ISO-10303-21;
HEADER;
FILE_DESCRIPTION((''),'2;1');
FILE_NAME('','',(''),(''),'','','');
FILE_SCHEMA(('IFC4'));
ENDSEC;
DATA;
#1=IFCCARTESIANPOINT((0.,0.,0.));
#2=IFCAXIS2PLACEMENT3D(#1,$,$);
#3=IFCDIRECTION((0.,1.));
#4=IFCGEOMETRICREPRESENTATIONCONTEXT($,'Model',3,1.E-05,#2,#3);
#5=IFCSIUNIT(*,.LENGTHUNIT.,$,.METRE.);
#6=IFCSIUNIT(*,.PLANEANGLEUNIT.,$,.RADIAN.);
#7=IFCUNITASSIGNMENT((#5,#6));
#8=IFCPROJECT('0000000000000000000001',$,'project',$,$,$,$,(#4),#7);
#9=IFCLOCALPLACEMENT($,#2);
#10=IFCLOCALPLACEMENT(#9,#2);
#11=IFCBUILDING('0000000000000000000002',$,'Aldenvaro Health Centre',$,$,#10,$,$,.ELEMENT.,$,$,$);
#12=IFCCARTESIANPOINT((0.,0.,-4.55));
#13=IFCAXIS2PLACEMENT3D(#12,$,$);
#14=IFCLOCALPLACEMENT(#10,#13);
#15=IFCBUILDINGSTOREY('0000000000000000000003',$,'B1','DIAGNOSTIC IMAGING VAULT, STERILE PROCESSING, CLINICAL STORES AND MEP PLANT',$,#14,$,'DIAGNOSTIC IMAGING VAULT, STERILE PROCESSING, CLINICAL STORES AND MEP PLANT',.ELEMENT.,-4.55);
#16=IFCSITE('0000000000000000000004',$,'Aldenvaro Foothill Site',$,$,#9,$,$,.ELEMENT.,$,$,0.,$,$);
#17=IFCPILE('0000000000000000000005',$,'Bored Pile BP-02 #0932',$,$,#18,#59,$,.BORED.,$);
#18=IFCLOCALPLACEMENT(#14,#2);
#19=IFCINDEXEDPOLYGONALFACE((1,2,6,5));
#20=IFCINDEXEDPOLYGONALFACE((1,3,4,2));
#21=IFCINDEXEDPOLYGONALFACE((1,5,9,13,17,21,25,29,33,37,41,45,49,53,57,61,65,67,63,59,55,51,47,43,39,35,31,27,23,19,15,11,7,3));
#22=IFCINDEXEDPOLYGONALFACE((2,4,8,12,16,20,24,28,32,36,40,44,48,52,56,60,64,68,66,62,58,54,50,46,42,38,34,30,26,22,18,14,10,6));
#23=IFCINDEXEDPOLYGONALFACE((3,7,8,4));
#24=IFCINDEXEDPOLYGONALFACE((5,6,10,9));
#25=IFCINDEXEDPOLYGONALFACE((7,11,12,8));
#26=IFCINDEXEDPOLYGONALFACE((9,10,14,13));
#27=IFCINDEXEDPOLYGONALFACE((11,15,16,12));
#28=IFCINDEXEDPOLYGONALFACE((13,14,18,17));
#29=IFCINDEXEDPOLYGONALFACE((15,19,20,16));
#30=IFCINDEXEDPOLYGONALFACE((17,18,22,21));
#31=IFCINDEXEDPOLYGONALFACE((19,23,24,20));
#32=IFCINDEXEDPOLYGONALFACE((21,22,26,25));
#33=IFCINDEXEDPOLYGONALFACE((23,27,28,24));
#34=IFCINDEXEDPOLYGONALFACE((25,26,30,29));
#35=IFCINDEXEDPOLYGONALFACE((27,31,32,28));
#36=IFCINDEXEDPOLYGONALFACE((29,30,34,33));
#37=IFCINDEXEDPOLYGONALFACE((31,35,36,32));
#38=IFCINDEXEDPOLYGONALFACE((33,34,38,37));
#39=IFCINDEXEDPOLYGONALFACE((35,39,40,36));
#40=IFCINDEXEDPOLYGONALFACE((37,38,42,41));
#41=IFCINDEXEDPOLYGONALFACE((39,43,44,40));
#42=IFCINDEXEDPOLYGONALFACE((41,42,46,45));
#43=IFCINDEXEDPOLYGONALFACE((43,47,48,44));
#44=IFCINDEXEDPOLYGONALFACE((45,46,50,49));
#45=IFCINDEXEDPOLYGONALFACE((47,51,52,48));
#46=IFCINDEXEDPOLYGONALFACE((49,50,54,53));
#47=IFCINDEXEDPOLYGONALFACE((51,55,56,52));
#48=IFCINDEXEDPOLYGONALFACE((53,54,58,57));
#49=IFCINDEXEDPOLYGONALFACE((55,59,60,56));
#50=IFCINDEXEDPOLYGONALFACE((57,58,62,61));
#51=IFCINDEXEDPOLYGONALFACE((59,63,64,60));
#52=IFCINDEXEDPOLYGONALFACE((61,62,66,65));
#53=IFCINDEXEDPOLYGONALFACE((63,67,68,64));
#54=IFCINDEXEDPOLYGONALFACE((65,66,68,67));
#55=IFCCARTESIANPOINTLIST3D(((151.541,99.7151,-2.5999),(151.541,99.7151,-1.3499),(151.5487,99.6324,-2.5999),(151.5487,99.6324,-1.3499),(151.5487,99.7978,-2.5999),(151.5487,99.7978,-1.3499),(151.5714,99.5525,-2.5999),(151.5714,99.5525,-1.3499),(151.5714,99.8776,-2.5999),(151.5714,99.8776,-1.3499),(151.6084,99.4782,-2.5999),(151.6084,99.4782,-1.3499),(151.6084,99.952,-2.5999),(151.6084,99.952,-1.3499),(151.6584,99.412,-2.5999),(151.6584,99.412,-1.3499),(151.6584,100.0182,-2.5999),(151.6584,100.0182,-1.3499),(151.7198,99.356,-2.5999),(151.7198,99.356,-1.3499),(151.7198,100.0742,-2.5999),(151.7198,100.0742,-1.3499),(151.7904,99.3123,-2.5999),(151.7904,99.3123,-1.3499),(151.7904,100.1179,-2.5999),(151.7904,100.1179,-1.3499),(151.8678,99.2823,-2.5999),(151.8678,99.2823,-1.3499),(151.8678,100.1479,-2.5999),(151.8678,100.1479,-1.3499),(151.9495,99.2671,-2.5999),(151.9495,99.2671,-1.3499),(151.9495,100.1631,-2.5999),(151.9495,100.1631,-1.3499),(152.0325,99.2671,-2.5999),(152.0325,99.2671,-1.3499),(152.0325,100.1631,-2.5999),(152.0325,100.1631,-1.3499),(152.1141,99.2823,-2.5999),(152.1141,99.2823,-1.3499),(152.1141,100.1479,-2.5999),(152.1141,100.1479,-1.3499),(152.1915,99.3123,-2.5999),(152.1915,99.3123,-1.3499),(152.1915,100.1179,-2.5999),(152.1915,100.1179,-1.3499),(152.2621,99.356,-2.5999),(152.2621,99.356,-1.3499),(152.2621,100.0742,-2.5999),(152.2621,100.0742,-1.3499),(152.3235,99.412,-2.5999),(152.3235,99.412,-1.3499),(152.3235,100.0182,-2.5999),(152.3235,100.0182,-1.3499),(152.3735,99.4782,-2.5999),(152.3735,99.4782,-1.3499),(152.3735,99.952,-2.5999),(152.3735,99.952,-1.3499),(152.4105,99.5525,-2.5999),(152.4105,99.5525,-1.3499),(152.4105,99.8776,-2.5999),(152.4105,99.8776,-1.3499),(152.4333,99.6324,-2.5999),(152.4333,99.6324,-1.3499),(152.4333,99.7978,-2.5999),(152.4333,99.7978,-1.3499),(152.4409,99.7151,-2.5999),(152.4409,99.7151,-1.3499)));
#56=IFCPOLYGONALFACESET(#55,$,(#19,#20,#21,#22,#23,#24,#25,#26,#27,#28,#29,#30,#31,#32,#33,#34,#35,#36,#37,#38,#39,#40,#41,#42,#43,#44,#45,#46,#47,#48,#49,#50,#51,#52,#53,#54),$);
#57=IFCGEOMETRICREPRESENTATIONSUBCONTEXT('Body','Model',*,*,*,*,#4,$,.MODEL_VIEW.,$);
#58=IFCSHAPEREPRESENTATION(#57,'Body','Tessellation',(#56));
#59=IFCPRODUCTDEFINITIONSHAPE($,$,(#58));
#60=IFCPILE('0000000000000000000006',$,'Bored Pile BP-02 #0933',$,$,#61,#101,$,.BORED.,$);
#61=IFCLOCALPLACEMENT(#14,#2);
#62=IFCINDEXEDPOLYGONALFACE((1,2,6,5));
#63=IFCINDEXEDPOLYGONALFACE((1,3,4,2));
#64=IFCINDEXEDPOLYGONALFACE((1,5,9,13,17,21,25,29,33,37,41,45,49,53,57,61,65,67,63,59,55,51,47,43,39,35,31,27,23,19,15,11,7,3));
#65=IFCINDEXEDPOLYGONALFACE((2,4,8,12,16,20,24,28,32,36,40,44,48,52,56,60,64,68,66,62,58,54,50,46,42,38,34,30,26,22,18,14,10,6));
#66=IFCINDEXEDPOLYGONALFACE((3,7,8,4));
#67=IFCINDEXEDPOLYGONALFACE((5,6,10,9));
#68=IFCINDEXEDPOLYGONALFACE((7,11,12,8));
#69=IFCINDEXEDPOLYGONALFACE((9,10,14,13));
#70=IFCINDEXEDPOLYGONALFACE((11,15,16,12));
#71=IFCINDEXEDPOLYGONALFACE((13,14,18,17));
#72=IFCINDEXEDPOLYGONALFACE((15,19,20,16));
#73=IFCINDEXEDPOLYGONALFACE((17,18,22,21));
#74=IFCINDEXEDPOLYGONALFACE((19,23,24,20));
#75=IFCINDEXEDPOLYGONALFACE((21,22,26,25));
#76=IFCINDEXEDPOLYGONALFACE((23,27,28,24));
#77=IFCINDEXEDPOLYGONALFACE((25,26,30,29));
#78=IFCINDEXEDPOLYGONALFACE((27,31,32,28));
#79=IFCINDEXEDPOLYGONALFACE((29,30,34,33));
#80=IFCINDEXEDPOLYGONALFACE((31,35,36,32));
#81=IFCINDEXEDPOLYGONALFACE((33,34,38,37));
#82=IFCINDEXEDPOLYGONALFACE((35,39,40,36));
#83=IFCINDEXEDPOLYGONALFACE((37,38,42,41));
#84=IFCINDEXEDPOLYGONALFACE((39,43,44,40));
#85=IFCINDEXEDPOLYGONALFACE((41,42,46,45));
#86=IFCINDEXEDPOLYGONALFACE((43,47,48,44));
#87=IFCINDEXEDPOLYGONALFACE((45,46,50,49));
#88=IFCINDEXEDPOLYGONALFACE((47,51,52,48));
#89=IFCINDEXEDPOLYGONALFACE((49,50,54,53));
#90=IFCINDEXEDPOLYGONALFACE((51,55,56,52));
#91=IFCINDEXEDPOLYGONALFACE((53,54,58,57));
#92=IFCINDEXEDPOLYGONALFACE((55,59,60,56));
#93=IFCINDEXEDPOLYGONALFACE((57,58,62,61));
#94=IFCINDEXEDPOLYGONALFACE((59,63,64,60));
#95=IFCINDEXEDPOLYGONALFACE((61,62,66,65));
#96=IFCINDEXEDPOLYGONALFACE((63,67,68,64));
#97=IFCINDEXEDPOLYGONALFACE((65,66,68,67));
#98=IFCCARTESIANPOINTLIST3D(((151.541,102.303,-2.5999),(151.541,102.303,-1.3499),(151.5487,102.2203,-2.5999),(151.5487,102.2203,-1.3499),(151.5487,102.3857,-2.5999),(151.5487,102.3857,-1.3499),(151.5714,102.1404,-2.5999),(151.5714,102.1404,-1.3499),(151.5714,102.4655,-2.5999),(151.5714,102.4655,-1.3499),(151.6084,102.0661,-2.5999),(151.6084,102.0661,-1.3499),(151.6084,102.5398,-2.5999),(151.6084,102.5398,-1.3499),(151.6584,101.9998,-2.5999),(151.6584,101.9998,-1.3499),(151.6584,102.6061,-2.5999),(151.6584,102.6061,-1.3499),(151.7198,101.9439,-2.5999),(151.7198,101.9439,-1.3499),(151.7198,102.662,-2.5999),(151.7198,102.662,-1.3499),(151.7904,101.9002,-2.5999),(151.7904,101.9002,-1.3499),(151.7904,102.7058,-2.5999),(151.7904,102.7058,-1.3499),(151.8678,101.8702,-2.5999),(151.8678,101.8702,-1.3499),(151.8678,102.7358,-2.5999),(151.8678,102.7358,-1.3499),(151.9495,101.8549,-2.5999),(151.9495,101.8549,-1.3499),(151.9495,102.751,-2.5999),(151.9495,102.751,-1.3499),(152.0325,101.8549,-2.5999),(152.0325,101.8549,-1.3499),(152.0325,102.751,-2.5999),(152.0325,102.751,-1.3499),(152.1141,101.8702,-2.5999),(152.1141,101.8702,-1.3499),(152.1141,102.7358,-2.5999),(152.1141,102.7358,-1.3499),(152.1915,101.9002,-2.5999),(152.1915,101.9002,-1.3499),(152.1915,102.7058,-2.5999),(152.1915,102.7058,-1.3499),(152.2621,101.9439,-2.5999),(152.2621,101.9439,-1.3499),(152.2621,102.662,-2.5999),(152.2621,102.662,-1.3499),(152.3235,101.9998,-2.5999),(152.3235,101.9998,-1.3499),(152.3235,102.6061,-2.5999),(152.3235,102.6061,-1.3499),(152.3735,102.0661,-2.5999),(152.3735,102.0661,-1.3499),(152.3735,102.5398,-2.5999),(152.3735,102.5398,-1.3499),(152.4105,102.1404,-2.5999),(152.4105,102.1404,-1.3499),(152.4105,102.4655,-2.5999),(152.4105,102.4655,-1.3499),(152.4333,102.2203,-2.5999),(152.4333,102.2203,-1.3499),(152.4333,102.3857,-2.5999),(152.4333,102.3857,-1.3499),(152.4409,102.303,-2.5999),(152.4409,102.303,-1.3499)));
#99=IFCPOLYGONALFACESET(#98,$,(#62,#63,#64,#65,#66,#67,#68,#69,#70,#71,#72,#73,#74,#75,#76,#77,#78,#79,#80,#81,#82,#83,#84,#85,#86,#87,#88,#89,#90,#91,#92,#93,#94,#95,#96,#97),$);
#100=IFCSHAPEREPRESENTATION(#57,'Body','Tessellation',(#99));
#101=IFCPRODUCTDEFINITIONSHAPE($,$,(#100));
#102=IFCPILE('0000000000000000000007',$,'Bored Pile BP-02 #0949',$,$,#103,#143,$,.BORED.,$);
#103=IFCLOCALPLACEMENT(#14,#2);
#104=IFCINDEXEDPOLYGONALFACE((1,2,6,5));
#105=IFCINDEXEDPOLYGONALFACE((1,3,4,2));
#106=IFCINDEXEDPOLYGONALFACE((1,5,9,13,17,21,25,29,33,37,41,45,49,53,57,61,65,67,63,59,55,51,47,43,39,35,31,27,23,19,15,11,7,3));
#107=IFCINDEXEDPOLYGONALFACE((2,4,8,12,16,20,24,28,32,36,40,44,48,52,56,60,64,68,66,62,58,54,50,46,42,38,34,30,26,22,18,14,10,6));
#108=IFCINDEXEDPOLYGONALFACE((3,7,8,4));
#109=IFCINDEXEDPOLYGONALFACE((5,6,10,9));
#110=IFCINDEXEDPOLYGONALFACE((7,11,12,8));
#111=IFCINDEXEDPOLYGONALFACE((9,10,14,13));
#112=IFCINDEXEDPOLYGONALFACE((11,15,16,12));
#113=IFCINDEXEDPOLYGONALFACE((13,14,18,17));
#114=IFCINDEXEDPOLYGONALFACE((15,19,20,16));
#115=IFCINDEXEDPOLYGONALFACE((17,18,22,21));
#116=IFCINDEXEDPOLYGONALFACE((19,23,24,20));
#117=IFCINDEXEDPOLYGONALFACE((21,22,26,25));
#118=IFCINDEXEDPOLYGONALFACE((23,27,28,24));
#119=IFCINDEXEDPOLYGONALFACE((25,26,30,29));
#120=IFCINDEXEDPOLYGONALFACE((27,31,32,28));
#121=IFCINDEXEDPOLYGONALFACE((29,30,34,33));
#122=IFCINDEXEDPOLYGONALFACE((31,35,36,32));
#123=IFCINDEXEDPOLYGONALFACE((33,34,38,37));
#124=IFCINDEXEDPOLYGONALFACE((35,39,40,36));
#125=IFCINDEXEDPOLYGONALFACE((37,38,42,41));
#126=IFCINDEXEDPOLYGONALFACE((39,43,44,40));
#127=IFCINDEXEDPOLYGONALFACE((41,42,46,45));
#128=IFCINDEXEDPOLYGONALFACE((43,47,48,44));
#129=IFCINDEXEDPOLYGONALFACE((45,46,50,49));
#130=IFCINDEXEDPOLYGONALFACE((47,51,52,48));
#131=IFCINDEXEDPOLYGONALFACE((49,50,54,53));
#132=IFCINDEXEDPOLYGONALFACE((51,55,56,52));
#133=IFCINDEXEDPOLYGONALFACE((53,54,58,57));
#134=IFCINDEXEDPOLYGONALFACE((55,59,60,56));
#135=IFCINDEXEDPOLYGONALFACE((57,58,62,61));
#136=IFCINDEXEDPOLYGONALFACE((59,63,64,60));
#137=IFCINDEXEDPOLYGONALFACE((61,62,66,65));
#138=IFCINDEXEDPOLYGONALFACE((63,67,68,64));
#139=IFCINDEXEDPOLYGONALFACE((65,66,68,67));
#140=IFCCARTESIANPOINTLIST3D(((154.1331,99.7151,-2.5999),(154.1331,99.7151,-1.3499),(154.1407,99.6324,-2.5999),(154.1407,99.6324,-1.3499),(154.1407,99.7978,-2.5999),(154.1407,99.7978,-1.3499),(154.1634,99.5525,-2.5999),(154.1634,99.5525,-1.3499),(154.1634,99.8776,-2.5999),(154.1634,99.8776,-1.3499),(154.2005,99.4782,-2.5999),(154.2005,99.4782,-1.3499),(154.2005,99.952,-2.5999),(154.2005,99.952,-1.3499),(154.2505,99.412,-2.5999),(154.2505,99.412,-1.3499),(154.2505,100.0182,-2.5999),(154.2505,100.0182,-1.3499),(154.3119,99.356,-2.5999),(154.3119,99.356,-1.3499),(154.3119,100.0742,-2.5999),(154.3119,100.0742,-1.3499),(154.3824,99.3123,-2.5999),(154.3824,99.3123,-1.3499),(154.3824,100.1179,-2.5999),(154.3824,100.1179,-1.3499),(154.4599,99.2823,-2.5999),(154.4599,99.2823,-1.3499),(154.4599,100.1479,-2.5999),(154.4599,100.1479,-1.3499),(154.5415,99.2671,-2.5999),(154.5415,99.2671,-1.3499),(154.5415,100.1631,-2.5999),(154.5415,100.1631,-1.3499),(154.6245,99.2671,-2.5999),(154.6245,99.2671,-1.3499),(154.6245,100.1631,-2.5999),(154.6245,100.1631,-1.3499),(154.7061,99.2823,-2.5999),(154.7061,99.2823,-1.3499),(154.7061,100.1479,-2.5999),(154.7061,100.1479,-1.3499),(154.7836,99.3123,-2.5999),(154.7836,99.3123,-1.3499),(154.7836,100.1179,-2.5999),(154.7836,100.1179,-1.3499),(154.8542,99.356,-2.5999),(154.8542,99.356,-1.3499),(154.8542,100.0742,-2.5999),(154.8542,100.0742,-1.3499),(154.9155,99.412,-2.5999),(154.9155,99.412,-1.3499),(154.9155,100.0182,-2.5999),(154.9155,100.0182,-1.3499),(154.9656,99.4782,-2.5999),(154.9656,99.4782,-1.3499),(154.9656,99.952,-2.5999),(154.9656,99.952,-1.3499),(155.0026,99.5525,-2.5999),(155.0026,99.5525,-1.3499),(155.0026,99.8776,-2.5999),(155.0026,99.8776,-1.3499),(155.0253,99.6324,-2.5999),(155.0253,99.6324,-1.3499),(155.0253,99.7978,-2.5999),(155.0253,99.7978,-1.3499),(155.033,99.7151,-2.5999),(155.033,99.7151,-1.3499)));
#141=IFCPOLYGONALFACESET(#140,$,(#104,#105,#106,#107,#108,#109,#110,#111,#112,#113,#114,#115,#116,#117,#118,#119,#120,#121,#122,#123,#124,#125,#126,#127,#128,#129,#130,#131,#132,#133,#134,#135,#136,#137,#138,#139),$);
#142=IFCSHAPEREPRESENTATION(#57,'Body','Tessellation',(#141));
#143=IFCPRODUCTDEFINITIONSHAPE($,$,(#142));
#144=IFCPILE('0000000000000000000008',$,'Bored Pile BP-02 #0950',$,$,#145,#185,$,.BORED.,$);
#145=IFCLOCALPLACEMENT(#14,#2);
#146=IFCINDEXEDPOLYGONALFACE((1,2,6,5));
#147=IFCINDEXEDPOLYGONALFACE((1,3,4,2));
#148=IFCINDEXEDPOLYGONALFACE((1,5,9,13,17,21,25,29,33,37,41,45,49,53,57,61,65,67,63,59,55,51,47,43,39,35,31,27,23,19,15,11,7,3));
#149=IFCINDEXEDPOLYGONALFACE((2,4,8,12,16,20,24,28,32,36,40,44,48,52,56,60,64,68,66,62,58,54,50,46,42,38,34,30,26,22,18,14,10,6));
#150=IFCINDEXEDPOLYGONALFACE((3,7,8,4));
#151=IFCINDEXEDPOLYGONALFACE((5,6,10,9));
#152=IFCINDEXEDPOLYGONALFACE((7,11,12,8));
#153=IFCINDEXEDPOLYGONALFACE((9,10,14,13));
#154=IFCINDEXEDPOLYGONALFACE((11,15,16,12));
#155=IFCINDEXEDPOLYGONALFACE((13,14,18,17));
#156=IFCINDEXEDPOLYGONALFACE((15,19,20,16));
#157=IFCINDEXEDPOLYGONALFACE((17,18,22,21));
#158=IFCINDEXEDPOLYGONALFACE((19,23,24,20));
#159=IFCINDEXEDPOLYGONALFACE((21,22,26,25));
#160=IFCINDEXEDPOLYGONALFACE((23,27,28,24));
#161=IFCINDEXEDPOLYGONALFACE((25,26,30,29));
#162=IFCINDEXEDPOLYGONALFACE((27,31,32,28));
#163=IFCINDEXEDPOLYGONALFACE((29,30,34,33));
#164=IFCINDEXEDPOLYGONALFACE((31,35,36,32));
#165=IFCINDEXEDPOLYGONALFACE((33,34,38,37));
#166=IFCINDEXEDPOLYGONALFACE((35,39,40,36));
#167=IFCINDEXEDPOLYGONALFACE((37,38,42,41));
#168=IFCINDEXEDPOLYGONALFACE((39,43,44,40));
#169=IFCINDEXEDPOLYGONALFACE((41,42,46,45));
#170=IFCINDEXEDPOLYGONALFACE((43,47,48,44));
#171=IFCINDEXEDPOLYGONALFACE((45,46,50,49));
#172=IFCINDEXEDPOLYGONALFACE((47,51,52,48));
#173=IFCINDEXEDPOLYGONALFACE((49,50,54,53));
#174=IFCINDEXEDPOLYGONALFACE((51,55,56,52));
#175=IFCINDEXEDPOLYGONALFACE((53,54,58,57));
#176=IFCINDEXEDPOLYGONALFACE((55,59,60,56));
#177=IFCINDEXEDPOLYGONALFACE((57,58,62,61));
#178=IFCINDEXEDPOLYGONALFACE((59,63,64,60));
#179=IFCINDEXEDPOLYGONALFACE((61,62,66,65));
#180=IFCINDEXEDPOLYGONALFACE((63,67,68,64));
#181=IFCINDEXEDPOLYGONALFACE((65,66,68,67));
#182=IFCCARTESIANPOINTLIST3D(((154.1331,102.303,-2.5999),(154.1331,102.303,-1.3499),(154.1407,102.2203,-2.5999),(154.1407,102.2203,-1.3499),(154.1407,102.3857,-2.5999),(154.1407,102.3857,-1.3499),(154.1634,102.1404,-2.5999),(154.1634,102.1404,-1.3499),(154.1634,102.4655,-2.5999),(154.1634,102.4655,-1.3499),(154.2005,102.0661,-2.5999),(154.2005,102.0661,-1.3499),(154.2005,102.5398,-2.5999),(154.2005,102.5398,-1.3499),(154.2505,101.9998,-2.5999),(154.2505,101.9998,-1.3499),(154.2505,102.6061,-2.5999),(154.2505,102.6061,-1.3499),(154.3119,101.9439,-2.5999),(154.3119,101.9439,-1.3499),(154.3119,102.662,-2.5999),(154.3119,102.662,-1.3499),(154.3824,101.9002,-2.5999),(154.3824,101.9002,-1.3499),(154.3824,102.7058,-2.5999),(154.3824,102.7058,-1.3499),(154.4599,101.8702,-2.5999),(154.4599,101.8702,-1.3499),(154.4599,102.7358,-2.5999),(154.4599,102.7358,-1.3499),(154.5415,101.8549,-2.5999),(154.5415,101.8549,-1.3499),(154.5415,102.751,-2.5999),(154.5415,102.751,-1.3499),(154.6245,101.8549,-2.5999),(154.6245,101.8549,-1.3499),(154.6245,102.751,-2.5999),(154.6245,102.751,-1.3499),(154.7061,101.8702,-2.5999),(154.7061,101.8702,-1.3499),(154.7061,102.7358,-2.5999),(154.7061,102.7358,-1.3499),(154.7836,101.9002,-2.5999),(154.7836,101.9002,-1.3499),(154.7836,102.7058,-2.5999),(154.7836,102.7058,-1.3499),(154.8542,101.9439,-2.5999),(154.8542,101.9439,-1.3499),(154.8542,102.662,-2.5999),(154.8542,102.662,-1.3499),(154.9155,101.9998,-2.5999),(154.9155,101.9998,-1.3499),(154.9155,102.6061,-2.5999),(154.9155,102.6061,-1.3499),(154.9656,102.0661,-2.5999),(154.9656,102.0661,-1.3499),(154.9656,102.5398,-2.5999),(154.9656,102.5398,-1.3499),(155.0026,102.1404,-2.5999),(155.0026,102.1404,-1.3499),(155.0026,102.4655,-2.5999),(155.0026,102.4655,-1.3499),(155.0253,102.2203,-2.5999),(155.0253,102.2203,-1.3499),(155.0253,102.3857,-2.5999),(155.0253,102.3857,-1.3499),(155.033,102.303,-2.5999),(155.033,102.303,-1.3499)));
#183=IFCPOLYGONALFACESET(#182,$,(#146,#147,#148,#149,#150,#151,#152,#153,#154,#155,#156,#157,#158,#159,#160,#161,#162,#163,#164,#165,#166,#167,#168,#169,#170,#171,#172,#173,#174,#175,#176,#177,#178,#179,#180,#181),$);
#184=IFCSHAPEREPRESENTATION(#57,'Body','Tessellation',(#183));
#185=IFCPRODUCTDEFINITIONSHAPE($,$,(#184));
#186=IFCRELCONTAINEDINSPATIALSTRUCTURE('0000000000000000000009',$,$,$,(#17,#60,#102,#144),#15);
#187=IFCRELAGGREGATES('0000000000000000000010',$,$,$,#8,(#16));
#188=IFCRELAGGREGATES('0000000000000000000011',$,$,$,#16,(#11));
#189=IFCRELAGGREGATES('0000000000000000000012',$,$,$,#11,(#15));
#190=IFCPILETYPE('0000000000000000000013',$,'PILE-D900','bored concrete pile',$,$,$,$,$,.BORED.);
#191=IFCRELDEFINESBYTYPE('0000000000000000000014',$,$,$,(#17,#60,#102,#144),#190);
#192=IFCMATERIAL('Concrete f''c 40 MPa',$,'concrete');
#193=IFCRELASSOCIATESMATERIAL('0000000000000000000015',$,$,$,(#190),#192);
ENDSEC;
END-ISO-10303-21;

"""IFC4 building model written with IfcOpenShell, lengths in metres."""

from ifc_helpers import new_model, si_unit, direction, frame, origin, origin_2d, place, context, subcontext, project, spatial, circle, extrude, material, material_profile, profile_set, type_object, element, save


model = new_model("IFC4")

# Units and contexts
model_context = context("Model", 3, precision=1e-05, world=origin(), true_north=direction((0.0, 1.0)))
body_context = subcontext(model_context, "Body", "Model", "MODEL_VIEW")
ifc_project = project(units=[si_unit("LENGTHUNIT", "METRE"), si_unit("PLANEANGLEUNIT", "RADIAN")], contexts=[model_context])

# Site, building, storey
site_placement = place(None, origin())
site = spatial("IfcSite", under=ifc_project, at=site_placement, Name="Aldenvaro Foothill Site", CompositionType="ELEMENT", RefElevation=0.0)
building_placement = place(site_placement, origin())
building = spatial("IfcBuilding", under=site, at=building_placement, Name="Aldenvaro Health Centre", CompositionType="ELEMENT")
storey_placement = place(building_placement, frame((0.0, 0.0, -4.55)))
storey = spatial("IfcBuildingStorey", under=building, at=storey_placement, Name="B1", Description="DIAGNOSTIC IMAGING VAULT, STERILE PROCESSING, CLINICAL STORES AND MEP PLANT", LongName="DIAGNOSTIC IMAGING VAULT, STERILE PROCESSING, CLINICAL STORES AND MEP PLANT", CompositionType="ELEMENT", Elevation=-4.55)

# Piles
ifc_material_1 = material(Name="Concrete f'c 40 MPa", Category="concrete")
ifc_material_profile_1 = material_profile(ifc_material_1, circle(Radius=0.45, at=origin_2d()), Name="PILE D900", Category="concrete")
ifc_profile_set_1 = profile_set([ifc_material_profile_1], Name="Concrete f'c 40 MPa")
pile_type = type_object("IfcPileType", Name="PILE-D900", Description="bored concrete pile", PredefinedType="BORED", material=ifc_profile_set_1)
for number, where, z_axis, x_axis, name in (
    (1, (151.991, 99.7151, -1.3499), (0.0, 0.0, -1.0), (1.0, 0.0, 0.0), "Bored Pile BP-02 #0932"),
    (2, (151.991, 102.303, -1.3499), (0.0, 0.0, -1.0), (1.0, 0.0, 0.0), "Bored Pile BP-02 #0933"),
    (3, (154.583, 99.7151, -1.3499), (0.0, 0.0, -1.0), (1.0, 0.0, 0.0), "Bored Pile BP-02 #0949"),
    (4, (154.583, 102.303, -1.3499), (0.0, 0.0, -1.0), (1.0, 0.0, 0.0), "Bored Pile BP-02 #0950"),
):
    element("IfcPile", number, at=place(storey_placement, frame(where, z_axis=z_axis, x_axis=x_axis)), inside=storey, type_object=pile_type, Name=name, PredefinedType="BORED", context=body_context, shape_type="SweptSolid", body=[
        extrude(circle(Radius=0.45, at=origin_2d()), origin(), (0.0, 0.0, 1.0), 1.25),
    ])

save(model, "model.ifc")
